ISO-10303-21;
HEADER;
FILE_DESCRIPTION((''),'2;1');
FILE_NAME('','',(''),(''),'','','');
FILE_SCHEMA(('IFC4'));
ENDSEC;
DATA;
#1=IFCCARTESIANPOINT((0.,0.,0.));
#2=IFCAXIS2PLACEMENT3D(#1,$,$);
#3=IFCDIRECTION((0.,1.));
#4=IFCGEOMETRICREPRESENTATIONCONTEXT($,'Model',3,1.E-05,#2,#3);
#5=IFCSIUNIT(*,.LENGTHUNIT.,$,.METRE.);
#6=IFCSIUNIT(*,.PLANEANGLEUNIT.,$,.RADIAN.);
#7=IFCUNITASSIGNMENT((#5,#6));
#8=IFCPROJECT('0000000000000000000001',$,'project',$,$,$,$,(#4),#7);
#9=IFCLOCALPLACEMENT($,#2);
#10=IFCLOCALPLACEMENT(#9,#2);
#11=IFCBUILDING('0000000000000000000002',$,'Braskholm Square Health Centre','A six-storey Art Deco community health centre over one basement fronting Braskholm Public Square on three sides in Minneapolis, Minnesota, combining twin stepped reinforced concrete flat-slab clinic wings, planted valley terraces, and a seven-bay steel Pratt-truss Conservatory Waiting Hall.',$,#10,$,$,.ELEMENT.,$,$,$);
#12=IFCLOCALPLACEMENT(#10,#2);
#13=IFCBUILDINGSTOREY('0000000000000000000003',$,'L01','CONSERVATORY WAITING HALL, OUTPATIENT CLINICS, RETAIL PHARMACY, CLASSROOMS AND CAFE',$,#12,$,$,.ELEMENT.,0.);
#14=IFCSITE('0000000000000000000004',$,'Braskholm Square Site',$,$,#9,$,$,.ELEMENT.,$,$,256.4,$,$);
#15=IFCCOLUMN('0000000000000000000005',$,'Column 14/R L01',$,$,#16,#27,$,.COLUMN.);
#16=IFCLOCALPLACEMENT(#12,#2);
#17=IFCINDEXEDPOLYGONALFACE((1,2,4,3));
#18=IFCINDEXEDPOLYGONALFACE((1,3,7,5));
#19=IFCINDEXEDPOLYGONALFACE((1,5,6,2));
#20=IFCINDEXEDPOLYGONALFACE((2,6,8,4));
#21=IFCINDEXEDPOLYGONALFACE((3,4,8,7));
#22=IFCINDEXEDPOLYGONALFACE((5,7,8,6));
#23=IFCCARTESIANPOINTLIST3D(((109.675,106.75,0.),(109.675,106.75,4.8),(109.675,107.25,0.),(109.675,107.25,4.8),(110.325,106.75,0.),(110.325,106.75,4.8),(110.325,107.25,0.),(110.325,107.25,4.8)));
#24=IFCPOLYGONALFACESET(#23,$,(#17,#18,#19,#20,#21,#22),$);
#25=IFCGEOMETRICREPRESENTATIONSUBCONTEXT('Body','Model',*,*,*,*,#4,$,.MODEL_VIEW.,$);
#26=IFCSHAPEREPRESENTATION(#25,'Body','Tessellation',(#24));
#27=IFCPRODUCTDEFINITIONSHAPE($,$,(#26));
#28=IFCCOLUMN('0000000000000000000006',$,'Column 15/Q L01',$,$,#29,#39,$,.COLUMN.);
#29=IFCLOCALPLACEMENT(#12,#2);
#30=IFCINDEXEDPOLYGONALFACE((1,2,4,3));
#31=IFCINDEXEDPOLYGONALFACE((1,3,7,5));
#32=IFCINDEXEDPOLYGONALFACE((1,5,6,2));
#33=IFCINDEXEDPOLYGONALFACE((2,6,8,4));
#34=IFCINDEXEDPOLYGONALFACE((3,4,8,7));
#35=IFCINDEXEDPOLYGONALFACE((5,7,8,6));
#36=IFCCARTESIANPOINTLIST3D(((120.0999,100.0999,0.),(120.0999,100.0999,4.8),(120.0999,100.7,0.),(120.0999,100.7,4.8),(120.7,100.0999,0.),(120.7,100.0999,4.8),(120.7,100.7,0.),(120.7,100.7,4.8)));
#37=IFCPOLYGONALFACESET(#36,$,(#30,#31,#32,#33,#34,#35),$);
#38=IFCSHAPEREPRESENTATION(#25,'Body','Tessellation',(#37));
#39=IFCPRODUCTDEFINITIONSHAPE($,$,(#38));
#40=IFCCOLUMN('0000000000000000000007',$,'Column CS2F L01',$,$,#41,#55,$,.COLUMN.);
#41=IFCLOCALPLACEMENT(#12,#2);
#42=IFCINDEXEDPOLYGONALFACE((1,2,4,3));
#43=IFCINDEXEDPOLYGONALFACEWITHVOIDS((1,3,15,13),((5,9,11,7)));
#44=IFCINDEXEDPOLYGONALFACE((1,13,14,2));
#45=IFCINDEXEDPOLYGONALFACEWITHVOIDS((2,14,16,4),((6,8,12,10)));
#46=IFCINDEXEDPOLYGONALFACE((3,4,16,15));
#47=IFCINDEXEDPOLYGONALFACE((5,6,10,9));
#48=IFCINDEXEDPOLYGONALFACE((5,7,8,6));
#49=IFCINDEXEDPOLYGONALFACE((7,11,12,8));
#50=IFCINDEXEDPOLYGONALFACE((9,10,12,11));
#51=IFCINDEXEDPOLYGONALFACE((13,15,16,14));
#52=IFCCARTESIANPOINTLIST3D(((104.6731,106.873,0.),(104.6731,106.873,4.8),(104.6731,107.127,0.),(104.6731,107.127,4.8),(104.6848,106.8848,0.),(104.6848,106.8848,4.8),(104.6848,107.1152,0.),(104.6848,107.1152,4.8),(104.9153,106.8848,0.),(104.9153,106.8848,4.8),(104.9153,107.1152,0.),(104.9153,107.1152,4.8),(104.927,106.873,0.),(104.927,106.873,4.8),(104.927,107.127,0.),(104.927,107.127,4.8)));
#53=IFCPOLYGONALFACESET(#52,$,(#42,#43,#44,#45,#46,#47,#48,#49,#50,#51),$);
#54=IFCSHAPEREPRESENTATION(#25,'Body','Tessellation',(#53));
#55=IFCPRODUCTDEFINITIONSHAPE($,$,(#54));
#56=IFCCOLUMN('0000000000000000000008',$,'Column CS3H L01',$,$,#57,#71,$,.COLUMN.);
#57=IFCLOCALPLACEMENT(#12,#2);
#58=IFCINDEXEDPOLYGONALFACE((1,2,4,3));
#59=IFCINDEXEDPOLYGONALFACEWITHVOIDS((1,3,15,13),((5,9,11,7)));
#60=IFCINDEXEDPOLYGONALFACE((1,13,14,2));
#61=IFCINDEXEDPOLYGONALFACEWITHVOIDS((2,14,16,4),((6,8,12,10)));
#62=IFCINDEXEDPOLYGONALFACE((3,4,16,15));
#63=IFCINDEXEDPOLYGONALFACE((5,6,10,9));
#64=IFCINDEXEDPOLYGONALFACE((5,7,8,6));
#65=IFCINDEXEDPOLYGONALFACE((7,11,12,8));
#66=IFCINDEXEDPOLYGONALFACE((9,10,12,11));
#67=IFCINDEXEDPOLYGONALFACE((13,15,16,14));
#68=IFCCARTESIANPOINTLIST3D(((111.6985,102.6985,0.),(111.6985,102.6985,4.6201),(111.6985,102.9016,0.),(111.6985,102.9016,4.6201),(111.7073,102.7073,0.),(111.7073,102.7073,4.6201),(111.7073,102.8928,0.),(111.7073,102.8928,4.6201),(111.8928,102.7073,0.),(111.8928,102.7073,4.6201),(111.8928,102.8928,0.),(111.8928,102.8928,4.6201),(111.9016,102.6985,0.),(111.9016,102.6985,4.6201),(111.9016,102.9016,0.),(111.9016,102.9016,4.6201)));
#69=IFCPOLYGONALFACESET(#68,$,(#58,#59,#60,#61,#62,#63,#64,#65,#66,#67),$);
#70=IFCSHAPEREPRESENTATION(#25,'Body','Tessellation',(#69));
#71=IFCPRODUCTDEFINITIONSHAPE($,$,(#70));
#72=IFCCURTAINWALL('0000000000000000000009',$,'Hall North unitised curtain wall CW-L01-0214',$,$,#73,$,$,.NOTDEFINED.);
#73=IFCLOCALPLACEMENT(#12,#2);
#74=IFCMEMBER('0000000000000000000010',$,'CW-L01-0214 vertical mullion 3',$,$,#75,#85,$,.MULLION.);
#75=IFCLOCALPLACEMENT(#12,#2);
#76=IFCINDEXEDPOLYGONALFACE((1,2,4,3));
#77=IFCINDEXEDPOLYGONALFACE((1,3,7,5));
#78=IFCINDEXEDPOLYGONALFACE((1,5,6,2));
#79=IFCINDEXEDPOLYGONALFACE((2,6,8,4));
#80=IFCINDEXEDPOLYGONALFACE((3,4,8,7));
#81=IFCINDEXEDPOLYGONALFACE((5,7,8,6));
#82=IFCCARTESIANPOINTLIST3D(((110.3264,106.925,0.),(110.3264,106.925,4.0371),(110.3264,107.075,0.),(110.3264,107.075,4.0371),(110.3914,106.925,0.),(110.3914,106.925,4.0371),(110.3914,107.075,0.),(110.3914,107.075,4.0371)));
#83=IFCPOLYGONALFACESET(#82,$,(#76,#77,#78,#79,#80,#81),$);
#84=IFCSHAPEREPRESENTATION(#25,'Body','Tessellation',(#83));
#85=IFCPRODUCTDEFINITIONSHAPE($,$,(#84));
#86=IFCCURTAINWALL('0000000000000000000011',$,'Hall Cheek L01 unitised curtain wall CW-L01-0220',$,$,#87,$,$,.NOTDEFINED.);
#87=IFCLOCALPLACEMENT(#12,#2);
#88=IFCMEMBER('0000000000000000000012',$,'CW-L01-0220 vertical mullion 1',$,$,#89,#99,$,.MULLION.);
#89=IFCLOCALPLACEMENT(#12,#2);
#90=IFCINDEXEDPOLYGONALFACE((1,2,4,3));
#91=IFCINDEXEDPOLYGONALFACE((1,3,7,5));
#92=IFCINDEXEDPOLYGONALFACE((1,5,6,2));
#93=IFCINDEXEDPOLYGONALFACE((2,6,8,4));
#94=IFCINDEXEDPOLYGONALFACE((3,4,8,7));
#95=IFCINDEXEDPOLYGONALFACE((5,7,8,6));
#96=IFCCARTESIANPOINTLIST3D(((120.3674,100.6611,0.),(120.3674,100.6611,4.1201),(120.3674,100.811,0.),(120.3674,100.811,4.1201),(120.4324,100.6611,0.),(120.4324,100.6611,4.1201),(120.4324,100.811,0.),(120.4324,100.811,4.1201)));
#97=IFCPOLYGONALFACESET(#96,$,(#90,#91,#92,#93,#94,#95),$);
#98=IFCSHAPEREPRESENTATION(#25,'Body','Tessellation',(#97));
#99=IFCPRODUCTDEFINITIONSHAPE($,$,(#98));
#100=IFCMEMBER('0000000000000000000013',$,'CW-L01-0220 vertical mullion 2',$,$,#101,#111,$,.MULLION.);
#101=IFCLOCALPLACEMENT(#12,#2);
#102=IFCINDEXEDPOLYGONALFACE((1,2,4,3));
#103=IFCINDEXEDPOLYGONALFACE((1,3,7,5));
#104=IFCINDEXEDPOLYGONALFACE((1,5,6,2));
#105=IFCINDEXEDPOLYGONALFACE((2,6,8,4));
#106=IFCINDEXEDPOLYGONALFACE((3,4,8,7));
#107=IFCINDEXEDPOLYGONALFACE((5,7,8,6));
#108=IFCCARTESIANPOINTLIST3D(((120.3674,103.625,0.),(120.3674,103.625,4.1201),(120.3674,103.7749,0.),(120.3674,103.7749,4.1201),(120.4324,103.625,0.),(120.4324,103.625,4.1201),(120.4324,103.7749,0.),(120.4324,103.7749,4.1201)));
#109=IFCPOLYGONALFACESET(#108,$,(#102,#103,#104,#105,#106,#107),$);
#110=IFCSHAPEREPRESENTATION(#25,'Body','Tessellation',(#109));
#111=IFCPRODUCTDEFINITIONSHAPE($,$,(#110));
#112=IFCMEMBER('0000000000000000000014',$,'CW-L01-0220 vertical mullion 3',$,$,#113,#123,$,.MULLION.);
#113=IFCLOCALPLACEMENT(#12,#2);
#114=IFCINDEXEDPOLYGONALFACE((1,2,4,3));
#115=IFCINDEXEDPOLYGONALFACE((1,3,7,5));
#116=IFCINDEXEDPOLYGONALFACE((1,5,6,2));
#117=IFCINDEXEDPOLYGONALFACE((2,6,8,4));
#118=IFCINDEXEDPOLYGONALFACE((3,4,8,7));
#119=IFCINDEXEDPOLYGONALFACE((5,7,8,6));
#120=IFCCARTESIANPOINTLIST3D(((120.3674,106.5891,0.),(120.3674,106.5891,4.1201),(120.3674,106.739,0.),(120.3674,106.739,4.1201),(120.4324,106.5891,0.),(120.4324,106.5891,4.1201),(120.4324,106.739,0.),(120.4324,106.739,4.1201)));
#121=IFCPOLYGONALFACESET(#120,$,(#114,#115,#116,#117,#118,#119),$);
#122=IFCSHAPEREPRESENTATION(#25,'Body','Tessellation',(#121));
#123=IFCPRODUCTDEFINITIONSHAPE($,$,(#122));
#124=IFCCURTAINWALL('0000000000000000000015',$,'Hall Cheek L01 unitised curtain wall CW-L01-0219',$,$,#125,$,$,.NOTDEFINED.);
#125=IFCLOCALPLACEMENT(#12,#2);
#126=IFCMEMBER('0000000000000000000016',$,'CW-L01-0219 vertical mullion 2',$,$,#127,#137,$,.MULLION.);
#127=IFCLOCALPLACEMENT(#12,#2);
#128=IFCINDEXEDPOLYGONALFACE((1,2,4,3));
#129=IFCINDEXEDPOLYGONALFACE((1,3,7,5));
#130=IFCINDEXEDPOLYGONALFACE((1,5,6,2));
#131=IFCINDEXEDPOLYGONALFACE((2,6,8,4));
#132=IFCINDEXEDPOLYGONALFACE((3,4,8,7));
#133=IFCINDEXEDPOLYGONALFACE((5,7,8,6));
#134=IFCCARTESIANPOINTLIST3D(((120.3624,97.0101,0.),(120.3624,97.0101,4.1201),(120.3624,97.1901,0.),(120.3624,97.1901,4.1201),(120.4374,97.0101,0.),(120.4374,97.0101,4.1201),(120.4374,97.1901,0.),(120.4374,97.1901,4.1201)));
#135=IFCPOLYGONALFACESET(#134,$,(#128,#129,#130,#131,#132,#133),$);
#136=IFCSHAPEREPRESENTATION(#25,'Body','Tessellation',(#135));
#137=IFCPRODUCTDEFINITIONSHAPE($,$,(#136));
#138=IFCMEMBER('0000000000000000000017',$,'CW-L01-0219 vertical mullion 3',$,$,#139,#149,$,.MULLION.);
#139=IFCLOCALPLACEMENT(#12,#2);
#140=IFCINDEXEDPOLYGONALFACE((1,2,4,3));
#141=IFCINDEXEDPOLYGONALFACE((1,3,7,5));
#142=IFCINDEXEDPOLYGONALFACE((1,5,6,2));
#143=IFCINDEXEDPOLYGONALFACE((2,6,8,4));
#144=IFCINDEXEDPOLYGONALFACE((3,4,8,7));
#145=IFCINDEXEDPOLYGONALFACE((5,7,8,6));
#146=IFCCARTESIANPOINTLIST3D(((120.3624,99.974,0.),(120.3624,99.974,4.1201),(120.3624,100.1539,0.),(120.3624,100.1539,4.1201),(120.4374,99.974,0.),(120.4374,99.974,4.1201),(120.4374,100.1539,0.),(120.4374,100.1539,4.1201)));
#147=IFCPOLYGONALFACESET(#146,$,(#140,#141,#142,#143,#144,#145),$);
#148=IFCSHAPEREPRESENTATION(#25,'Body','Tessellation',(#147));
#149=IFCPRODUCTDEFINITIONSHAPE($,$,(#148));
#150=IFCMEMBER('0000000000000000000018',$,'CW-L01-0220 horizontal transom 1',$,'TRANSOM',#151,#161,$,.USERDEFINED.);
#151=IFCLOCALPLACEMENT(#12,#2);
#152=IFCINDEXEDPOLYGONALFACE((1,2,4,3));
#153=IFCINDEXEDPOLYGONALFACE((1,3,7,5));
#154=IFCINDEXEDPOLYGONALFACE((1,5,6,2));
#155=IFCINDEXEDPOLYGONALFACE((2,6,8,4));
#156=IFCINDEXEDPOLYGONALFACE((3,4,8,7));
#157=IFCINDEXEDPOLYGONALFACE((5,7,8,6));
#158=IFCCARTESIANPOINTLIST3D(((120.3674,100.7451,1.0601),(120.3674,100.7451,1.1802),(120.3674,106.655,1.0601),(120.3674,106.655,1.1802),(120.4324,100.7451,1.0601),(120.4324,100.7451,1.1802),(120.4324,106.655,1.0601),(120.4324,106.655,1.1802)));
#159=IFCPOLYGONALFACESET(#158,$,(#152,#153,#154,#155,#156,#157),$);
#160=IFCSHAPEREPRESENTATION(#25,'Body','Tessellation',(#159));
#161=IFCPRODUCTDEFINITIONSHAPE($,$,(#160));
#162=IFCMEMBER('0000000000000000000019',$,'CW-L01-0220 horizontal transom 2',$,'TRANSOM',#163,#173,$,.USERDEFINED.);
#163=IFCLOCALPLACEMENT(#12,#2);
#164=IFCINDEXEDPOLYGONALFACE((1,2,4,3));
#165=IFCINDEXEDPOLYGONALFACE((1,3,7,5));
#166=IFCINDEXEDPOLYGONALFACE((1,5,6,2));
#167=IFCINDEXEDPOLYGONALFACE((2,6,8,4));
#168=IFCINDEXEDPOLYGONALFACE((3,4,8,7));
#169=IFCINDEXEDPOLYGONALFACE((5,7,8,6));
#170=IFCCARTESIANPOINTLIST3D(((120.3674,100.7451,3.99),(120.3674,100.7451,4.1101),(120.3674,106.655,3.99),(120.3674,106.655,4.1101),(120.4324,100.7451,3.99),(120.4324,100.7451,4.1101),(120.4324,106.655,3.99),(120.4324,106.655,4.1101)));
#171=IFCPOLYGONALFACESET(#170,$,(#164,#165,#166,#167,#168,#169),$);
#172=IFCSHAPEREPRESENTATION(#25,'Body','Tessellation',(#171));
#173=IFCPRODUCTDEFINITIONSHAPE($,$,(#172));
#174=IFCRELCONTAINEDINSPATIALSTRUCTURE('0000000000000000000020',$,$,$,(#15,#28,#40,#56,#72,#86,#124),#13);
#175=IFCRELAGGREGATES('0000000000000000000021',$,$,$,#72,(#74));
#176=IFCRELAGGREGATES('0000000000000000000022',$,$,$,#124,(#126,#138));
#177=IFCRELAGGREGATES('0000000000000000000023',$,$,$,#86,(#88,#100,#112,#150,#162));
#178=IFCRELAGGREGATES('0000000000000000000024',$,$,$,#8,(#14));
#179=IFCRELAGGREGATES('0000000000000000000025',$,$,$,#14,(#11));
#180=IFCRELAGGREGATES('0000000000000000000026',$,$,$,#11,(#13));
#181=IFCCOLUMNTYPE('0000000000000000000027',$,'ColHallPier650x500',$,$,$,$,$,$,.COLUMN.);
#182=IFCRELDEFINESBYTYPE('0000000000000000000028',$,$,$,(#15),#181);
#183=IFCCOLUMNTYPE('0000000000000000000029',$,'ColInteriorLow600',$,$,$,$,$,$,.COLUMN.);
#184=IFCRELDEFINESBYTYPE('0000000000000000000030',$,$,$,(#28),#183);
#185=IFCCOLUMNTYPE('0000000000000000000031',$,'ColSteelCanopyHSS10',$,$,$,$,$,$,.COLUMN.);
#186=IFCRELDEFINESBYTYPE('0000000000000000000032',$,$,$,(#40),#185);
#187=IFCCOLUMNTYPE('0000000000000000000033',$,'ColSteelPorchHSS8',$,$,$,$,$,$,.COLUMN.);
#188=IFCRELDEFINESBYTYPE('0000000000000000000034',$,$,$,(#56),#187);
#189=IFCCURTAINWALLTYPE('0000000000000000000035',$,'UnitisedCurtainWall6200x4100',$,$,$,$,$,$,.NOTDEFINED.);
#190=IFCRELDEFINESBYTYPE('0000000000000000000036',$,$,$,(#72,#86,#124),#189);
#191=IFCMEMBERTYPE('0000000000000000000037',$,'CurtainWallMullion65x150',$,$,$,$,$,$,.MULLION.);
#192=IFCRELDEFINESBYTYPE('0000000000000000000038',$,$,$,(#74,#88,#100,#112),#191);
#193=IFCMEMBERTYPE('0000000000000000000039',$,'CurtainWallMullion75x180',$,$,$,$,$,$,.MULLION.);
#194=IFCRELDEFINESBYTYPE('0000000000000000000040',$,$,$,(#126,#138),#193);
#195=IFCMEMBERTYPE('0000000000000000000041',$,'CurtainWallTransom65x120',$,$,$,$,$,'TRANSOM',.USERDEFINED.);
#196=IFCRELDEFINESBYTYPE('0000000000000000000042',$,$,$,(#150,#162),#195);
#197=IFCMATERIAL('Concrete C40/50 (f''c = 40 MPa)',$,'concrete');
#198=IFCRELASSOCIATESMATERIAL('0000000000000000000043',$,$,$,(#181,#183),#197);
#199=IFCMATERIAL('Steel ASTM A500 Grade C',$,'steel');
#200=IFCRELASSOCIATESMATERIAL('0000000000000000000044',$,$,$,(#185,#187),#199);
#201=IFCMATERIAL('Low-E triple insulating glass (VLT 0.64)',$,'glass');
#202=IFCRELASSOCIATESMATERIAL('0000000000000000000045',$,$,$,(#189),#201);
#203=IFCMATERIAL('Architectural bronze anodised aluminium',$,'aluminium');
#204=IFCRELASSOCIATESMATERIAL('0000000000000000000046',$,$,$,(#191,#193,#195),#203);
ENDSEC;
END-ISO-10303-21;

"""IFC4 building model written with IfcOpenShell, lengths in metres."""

from ifc_helpers import new_model, si_unit, direction, frame, origin, origin_2d, place, context, subcontext, project, spatial, rectangle, hollow_rectangle, extrude, material, material_profile, profile_set, type_object, element, aggregate, save


model = new_model("IFC4")

# Units and contexts
model_context = context("Model", 3, precision=1e-05, world=origin(), true_north=direction((0.0, 1.0)))
body_context = subcontext(model_context, "Body", "Model", "MODEL_VIEW")
ifc_project = project(units=[si_unit("LENGTHUNIT", "METRE"), si_unit("PLANEANGLEUNIT", "RADIAN")], contexts=[model_context])

# Site, building, storey
site_placement = place(None, origin())
site = spatial("IfcSite", under=ifc_project, at=site_placement, Name="Braskholm Square Site", CompositionType="ELEMENT", RefElevation=256.4)
building_placement = place(site_placement, origin())
building = spatial("IfcBuilding", under=site, at=building_placement, Name="Braskholm Square Health Centre", Description="A six-storey Art Deco community health centre over one basement fronting Braskholm Public Square on three sides in Minneapolis, Minnesota, combining twin stepped reinforced concrete flat-slab clinic wings, planted valley terraces, and a seven-bay steel Pratt-truss Conservatory Waiting Hall.", CompositionType="ELEMENT")
storey_placement = place(building_placement, origin())
storey = spatial("IfcBuildingStorey", under=building, at=storey_placement, Name="L01", Description="CONSERVATORY WAITING HALL, OUTPATIENT CLINICS, RETAIL PHARMACY, CLASSROOMS AND CAFE", CompositionType="ELEMENT", Elevation=0.0)

# Columns
ifc_material_1 = material(Name="Concrete C40/50 (f'c = 40 MPa)", Category="concrete")
ifc_material_profile_1 = material_profile(ifc_material_1, rectangle(XDim=0.6499, YDim=0.5, at=origin_2d()), Name="RC-650X500")
ifc_profile_set_1 = profile_set([ifc_material_profile_1], Name="Concrete C40/50 (f'c = 40 MPa)")
column_type_1 = type_object("IfcColumnType", Name="ColHallPier650x500", PredefinedType="COLUMN", material=ifc_profile_set_1)
column_1_placement = place(storey_placement, frame((110.0, 107.0, 0.0), z_axis=(0.0, 0.0, 1.0), x_axis=(1.0, 0.0, 0.0)))
element("IfcColumn", 1, at=column_1_placement, inside=storey, type_object=column_type_1, Name="Column 14/R L01", PredefinedType="COLUMN", context=body_context, shape_type="SweptSolid", body=[
    extrude(rectangle(XDim=0.6499, YDim=0.5, at=origin_2d()), origin(), (0.0, 0.0, 1.0), 4.8),
])
ifc_material_profile_2 = material_profile(ifc_material_1, rectangle(XDim=0.6001, YDim=0.6001, at=origin_2d()), Name="RC-600X600")
ifc_profile_set_2 = profile_set([ifc_material_profile_2], Name="Concrete C40/50 (f'c = 40 MPa)")
column_type_2 = type_object("IfcColumnType", Name="ColInteriorLow600", PredefinedType="COLUMN", material=ifc_profile_set_2)
column_2_placement = place(storey_placement, frame((120.3999, 100.3999, 0.0), z_axis=(0.0, 0.0, 1.0), x_axis=(1.0, 0.0, 0.0)))
element("IfcColumn", 2, at=column_2_placement, inside=storey, type_object=column_type_2, Name="Column 15/Q L01", PredefinedType="COLUMN", context=body_context, shape_type="SweptSolid", body=[
    extrude(rectangle(XDim=0.6001, YDim=0.6001, at=origin_2d()), origin(), (0.0, 0.0, 1.0), 4.8),
])
ifc_material_2 = material(Name="Steel ASTM A500 Grade C", Category="steel")
ifc_material_profile_3 = material_profile(ifc_material_2, hollow_rectangle(XDim=0.2539, YDim=0.2539, WallThickness=0.0117, at=origin_2d()), Name="HSS10X10X1/2")
ifc_profile_set_3 = profile_set([ifc_material_profile_3], Name="Steel ASTM A500 Grade C")
column_type_3 = type_object("IfcColumnType", Name="ColSteelCanopyHSS10", PredefinedType="COLUMN", material=ifc_profile_set_3)
column_3_placement = place(storey_placement, frame((104.8, 107.0, 0.0), z_axis=(0.0, 0.0, 1.0), x_axis=(1.0, 0.0, 0.0)))
element("IfcColumn", 3, at=column_3_placement, inside=storey, type_object=column_type_3, Name="Column CS2F L01", PredefinedType="COLUMN", context=body_context, shape_type="SweptSolid", body=[
    extrude(hollow_rectangle(XDim=0.2539, YDim=0.2539, WallThickness=0.0117, at=origin_2d()), origin(), (0.0, 0.0, 1.0), 4.8),
])
ifc_material_profile_4 = material_profile(ifc_material_2, hollow_rectangle(XDim=0.2031, YDim=0.2031, WallThickness=0.0088, at=origin_2d()), Name="HSS8X8X3/8")
ifc_profile_set_4 = profile_set([ifc_material_profile_4], Name="Steel ASTM A500 Grade C")
column_type_4 = type_object("IfcColumnType", Name="ColSteelPorchHSS8", PredefinedType="COLUMN", material=ifc_profile_set_4)
column_4_placement = place(storey_placement, frame((111.8, 102.8, 0.0), z_axis=(0.0, 0.0, 1.0), x_axis=(1.0, 0.0, 0.0)))
element("IfcColumn", 4, at=column_4_placement, inside=storey, type_object=column_type_4, Name="Column CS3H L01", PredefinedType="COLUMN", context=body_context, shape_type="SweptSolid", body=[
    extrude(hollow_rectangle(XDim=0.2031, YDim=0.2031, WallThickness=0.0088, at=origin_2d()), origin(), (0.0, 0.0, 1.0), 4.6201),
])

# Curtain wall, member
ifc_material_3 = material(Name="Low-E triple insulating glass (VLT 0.64)", Category="glass")
curtain_wall_type = type_object("IfcCurtainWallType", Name="UnitisedCurtainWall6200x4100", PredefinedType="NOTDEFINED", material=ifc_material_3)
curtain_wall_1_placement = place(storey_placement, origin())
curtain_wall_1 = element("IfcCurtainWall", 5, at=curtain_wall_1_placement, inside=storey, type_object=curtain_wall_type, Name="Hall North unitised curtain wall CW-L01-0214", PredefinedType="NOTDEFINED")
ifc_material_4 = material(Name="Architectural bronze anodised aluminium", Category="aluminium")
ifc_material_profile_5 = material_profile(ifc_material_4, rectangle(XDim=0.0649, YDim=0.1499, at=origin_2d()), Name="ALU-65X150")
ifc_profile_set_5 = profile_set([ifc_material_profile_5], Name="Architectural bronze anodised aluminium")
member_type_1 = type_object("IfcMemberType", Name="CurtainWallMullion65x150", PredefinedType="MULLION", material=ifc_profile_set_5)
member_1_placement = place(storey_placement, frame((110.3589, 107.0, 0.0), z_axis=(0.0, 0.0, 1.0), x_axis=(1.0, 0.0, 0.0)))
member_1 = element("IfcMember", 6, at=member_1_placement, type_object=member_type_1, Name="CW-L01-0214 vertical mullion 3", PredefinedType="MULLION", context=body_context, shape_type="SweptSolid", body=[
    extrude(rectangle(XDim=0.0649, YDim=0.1499, at=origin_2d()), origin(), (0.0, 0.0, 1.0), 4.0371),
])

# Curtain walls, members
curtain_wall_2_placement = place(storey_placement, origin())
curtain_wall_2 = element("IfcCurtainWall", 7, at=curtain_wall_2_placement, inside=storey, type_object=curtain_wall_type, Name="Hall Cheek L01 unitised curtain wall CW-L01-0220", PredefinedType="NOTDEFINED")
member_2_placement = place(storey_placement, frame((120.3999, 100.7361, 0.0), z_axis=(0.0, 0.0, 1.0), x_axis=(1.0, 0.0, 0.0)))
member_2 = element("IfcMember", 8, at=member_2_placement, type_object=member_type_1, Name="CW-L01-0220 vertical mullion 1", PredefinedType="MULLION", context=body_context, shape_type="SweptSolid", body=[
    extrude(rectangle(XDim=0.0649, YDim=0.1499, at=origin_2d()), origin(), (0.0, 0.0, 1.0), 4.1201),
])
member_3_placement = place(storey_placement, frame((120.3999, 103.7, 0.0), z_axis=(0.0, 0.0, 1.0), x_axis=(1.0, 0.0, 0.0)))
member_3 = element("IfcMember", 9, at=member_3_placement, type_object=member_type_1, Name="CW-L01-0220 vertical mullion 2", PredefinedType="MULLION", context=body_context, shape_type="SweptSolid", body=[
    extrude(rectangle(XDim=0.0649, YDim=0.1499, at=origin_2d()), origin(), (0.0, 0.0, 1.0), 4.1201),
])
member_4_placement = place(storey_placement, frame((120.3999, 106.6641, 0.0), z_axis=(0.0, 0.0, 1.0), x_axis=(1.0, 0.0, 0.0)))
member_4 = element("IfcMember", 10, at=member_4_placement, type_object=member_type_1, Name="CW-L01-0220 vertical mullion 3", PredefinedType="MULLION", context=body_context, shape_type="SweptSolid", body=[
    extrude(rectangle(XDim=0.0649, YDim=0.1499, at=origin_2d()), origin(), (0.0, 0.0, 1.0), 4.1201),
])
curtain_wall_3_placement = place(storey_placement, origin())
curtain_wall_3 = element("IfcCurtainWall", 11, at=curtain_wall_3_placement, inside=storey, type_object=curtain_wall_type, Name="Hall Cheek L01 unitised curtain wall CW-L01-0219", PredefinedType="NOTDEFINED")
ifc_material_profile_6 = material_profile(ifc_material_4, rectangle(XDim=0.075, YDim=0.1799, at=origin_2d()), Name="ALU-75X180")
ifc_profile_set_6 = profile_set([ifc_material_profile_6], Name="Architectural bronze anodised aluminium")
member_type_2 = type_object("IfcMemberType", Name="CurtainWallMullion75x180", PredefinedType="MULLION", material=ifc_profile_set_6)
member_5_placement = place(storey_placement, frame((120.3999, 97.1001, 0.0), z_axis=(0.0, 0.0, 1.0), x_axis=(1.0, 0.0, 0.0)))
member_5 = element("IfcMember", 12, at=member_5_placement, type_object=member_type_2, Name="CW-L01-0219 vertical mullion 2", PredefinedType="MULLION", context=body_context, shape_type="SweptSolid", body=[
    extrude(rectangle(XDim=0.075, YDim=0.1799, at=origin_2d()), origin(), (0.0, 0.0, 1.0), 4.1201),
])
member_6_placement = place(storey_placement, frame((120.3999, 100.064, 0.0), z_axis=(0.0, 0.0, 1.0), x_axis=(1.0, 0.0, 0.0)))
member_6 = element("IfcMember", 13, at=member_6_placement, type_object=member_type_2, Name="CW-L01-0219 vertical mullion 3", PredefinedType="MULLION", context=body_context, shape_type="SweptSolid", body=[
    extrude(rectangle(XDim=0.075, YDim=0.1799, at=origin_2d()), origin(), (0.0, 0.0, 1.0), 4.1201),
])

# Members
ifc_material_profile_7 = material_profile(ifc_material_4, rectangle(XDim=0.0649, YDim=0.1201, at=origin_2d()), Name="ALU-65X120")
ifc_profile_set_7 = profile_set([ifc_material_profile_7], Name="Architectural bronze anodised aluminium")
member_type_3 = type_object("IfcMemberType", Name="CurtainWallTransom65x120", ElementType="TRANSOM", PredefinedType="USERDEFINED", material=ifc_profile_set_7)
member_7_placement = place(storey_placement, frame((120.3999, 100.7451, 1.1201), z_axis=(0.0, 1.0, 0.0), x_axis=(-1.0, 0.0, 0.0)))
member_7 = element("IfcMember", 14, at=member_7_placement, type_object=member_type_3, Name="CW-L01-0220 horizontal transom 1", ObjectType="TRANSOM", PredefinedType="USERDEFINED", context=body_context, shape_type="SweptSolid", body=[
    extrude(rectangle(XDim=0.0649, YDim=0.1201, at=origin_2d()), origin(), (0.0, 0.0, 1.0), 5.9099),
])
member_8_placement = place(storey_placement, frame((120.3999, 100.7451, 4.05), z_axis=(0.0, 1.0, 0.0), x_axis=(-1.0, 0.0, 0.0)))
member_8 = element("IfcMember", 15, at=member_8_placement, type_object=member_type_3, Name="CW-L01-0220 horizontal transom 2", ObjectType="TRANSOM", PredefinedType="USERDEFINED", context=body_context, shape_type="SweptSolid", body=[
    extrude(rectangle(XDim=0.0649, YDim=0.1201, at=origin_2d()), origin(), (0.0, 0.0, 1.0), 5.9099),
])

aggregate(curtain_wall_1, [member_1])
aggregate(curtain_wall_3, [member_5, member_6])
aggregate(curtain_wall_2, [member_2, member_3, member_4, member_7, member_8])

save(model, "model.ifc")
